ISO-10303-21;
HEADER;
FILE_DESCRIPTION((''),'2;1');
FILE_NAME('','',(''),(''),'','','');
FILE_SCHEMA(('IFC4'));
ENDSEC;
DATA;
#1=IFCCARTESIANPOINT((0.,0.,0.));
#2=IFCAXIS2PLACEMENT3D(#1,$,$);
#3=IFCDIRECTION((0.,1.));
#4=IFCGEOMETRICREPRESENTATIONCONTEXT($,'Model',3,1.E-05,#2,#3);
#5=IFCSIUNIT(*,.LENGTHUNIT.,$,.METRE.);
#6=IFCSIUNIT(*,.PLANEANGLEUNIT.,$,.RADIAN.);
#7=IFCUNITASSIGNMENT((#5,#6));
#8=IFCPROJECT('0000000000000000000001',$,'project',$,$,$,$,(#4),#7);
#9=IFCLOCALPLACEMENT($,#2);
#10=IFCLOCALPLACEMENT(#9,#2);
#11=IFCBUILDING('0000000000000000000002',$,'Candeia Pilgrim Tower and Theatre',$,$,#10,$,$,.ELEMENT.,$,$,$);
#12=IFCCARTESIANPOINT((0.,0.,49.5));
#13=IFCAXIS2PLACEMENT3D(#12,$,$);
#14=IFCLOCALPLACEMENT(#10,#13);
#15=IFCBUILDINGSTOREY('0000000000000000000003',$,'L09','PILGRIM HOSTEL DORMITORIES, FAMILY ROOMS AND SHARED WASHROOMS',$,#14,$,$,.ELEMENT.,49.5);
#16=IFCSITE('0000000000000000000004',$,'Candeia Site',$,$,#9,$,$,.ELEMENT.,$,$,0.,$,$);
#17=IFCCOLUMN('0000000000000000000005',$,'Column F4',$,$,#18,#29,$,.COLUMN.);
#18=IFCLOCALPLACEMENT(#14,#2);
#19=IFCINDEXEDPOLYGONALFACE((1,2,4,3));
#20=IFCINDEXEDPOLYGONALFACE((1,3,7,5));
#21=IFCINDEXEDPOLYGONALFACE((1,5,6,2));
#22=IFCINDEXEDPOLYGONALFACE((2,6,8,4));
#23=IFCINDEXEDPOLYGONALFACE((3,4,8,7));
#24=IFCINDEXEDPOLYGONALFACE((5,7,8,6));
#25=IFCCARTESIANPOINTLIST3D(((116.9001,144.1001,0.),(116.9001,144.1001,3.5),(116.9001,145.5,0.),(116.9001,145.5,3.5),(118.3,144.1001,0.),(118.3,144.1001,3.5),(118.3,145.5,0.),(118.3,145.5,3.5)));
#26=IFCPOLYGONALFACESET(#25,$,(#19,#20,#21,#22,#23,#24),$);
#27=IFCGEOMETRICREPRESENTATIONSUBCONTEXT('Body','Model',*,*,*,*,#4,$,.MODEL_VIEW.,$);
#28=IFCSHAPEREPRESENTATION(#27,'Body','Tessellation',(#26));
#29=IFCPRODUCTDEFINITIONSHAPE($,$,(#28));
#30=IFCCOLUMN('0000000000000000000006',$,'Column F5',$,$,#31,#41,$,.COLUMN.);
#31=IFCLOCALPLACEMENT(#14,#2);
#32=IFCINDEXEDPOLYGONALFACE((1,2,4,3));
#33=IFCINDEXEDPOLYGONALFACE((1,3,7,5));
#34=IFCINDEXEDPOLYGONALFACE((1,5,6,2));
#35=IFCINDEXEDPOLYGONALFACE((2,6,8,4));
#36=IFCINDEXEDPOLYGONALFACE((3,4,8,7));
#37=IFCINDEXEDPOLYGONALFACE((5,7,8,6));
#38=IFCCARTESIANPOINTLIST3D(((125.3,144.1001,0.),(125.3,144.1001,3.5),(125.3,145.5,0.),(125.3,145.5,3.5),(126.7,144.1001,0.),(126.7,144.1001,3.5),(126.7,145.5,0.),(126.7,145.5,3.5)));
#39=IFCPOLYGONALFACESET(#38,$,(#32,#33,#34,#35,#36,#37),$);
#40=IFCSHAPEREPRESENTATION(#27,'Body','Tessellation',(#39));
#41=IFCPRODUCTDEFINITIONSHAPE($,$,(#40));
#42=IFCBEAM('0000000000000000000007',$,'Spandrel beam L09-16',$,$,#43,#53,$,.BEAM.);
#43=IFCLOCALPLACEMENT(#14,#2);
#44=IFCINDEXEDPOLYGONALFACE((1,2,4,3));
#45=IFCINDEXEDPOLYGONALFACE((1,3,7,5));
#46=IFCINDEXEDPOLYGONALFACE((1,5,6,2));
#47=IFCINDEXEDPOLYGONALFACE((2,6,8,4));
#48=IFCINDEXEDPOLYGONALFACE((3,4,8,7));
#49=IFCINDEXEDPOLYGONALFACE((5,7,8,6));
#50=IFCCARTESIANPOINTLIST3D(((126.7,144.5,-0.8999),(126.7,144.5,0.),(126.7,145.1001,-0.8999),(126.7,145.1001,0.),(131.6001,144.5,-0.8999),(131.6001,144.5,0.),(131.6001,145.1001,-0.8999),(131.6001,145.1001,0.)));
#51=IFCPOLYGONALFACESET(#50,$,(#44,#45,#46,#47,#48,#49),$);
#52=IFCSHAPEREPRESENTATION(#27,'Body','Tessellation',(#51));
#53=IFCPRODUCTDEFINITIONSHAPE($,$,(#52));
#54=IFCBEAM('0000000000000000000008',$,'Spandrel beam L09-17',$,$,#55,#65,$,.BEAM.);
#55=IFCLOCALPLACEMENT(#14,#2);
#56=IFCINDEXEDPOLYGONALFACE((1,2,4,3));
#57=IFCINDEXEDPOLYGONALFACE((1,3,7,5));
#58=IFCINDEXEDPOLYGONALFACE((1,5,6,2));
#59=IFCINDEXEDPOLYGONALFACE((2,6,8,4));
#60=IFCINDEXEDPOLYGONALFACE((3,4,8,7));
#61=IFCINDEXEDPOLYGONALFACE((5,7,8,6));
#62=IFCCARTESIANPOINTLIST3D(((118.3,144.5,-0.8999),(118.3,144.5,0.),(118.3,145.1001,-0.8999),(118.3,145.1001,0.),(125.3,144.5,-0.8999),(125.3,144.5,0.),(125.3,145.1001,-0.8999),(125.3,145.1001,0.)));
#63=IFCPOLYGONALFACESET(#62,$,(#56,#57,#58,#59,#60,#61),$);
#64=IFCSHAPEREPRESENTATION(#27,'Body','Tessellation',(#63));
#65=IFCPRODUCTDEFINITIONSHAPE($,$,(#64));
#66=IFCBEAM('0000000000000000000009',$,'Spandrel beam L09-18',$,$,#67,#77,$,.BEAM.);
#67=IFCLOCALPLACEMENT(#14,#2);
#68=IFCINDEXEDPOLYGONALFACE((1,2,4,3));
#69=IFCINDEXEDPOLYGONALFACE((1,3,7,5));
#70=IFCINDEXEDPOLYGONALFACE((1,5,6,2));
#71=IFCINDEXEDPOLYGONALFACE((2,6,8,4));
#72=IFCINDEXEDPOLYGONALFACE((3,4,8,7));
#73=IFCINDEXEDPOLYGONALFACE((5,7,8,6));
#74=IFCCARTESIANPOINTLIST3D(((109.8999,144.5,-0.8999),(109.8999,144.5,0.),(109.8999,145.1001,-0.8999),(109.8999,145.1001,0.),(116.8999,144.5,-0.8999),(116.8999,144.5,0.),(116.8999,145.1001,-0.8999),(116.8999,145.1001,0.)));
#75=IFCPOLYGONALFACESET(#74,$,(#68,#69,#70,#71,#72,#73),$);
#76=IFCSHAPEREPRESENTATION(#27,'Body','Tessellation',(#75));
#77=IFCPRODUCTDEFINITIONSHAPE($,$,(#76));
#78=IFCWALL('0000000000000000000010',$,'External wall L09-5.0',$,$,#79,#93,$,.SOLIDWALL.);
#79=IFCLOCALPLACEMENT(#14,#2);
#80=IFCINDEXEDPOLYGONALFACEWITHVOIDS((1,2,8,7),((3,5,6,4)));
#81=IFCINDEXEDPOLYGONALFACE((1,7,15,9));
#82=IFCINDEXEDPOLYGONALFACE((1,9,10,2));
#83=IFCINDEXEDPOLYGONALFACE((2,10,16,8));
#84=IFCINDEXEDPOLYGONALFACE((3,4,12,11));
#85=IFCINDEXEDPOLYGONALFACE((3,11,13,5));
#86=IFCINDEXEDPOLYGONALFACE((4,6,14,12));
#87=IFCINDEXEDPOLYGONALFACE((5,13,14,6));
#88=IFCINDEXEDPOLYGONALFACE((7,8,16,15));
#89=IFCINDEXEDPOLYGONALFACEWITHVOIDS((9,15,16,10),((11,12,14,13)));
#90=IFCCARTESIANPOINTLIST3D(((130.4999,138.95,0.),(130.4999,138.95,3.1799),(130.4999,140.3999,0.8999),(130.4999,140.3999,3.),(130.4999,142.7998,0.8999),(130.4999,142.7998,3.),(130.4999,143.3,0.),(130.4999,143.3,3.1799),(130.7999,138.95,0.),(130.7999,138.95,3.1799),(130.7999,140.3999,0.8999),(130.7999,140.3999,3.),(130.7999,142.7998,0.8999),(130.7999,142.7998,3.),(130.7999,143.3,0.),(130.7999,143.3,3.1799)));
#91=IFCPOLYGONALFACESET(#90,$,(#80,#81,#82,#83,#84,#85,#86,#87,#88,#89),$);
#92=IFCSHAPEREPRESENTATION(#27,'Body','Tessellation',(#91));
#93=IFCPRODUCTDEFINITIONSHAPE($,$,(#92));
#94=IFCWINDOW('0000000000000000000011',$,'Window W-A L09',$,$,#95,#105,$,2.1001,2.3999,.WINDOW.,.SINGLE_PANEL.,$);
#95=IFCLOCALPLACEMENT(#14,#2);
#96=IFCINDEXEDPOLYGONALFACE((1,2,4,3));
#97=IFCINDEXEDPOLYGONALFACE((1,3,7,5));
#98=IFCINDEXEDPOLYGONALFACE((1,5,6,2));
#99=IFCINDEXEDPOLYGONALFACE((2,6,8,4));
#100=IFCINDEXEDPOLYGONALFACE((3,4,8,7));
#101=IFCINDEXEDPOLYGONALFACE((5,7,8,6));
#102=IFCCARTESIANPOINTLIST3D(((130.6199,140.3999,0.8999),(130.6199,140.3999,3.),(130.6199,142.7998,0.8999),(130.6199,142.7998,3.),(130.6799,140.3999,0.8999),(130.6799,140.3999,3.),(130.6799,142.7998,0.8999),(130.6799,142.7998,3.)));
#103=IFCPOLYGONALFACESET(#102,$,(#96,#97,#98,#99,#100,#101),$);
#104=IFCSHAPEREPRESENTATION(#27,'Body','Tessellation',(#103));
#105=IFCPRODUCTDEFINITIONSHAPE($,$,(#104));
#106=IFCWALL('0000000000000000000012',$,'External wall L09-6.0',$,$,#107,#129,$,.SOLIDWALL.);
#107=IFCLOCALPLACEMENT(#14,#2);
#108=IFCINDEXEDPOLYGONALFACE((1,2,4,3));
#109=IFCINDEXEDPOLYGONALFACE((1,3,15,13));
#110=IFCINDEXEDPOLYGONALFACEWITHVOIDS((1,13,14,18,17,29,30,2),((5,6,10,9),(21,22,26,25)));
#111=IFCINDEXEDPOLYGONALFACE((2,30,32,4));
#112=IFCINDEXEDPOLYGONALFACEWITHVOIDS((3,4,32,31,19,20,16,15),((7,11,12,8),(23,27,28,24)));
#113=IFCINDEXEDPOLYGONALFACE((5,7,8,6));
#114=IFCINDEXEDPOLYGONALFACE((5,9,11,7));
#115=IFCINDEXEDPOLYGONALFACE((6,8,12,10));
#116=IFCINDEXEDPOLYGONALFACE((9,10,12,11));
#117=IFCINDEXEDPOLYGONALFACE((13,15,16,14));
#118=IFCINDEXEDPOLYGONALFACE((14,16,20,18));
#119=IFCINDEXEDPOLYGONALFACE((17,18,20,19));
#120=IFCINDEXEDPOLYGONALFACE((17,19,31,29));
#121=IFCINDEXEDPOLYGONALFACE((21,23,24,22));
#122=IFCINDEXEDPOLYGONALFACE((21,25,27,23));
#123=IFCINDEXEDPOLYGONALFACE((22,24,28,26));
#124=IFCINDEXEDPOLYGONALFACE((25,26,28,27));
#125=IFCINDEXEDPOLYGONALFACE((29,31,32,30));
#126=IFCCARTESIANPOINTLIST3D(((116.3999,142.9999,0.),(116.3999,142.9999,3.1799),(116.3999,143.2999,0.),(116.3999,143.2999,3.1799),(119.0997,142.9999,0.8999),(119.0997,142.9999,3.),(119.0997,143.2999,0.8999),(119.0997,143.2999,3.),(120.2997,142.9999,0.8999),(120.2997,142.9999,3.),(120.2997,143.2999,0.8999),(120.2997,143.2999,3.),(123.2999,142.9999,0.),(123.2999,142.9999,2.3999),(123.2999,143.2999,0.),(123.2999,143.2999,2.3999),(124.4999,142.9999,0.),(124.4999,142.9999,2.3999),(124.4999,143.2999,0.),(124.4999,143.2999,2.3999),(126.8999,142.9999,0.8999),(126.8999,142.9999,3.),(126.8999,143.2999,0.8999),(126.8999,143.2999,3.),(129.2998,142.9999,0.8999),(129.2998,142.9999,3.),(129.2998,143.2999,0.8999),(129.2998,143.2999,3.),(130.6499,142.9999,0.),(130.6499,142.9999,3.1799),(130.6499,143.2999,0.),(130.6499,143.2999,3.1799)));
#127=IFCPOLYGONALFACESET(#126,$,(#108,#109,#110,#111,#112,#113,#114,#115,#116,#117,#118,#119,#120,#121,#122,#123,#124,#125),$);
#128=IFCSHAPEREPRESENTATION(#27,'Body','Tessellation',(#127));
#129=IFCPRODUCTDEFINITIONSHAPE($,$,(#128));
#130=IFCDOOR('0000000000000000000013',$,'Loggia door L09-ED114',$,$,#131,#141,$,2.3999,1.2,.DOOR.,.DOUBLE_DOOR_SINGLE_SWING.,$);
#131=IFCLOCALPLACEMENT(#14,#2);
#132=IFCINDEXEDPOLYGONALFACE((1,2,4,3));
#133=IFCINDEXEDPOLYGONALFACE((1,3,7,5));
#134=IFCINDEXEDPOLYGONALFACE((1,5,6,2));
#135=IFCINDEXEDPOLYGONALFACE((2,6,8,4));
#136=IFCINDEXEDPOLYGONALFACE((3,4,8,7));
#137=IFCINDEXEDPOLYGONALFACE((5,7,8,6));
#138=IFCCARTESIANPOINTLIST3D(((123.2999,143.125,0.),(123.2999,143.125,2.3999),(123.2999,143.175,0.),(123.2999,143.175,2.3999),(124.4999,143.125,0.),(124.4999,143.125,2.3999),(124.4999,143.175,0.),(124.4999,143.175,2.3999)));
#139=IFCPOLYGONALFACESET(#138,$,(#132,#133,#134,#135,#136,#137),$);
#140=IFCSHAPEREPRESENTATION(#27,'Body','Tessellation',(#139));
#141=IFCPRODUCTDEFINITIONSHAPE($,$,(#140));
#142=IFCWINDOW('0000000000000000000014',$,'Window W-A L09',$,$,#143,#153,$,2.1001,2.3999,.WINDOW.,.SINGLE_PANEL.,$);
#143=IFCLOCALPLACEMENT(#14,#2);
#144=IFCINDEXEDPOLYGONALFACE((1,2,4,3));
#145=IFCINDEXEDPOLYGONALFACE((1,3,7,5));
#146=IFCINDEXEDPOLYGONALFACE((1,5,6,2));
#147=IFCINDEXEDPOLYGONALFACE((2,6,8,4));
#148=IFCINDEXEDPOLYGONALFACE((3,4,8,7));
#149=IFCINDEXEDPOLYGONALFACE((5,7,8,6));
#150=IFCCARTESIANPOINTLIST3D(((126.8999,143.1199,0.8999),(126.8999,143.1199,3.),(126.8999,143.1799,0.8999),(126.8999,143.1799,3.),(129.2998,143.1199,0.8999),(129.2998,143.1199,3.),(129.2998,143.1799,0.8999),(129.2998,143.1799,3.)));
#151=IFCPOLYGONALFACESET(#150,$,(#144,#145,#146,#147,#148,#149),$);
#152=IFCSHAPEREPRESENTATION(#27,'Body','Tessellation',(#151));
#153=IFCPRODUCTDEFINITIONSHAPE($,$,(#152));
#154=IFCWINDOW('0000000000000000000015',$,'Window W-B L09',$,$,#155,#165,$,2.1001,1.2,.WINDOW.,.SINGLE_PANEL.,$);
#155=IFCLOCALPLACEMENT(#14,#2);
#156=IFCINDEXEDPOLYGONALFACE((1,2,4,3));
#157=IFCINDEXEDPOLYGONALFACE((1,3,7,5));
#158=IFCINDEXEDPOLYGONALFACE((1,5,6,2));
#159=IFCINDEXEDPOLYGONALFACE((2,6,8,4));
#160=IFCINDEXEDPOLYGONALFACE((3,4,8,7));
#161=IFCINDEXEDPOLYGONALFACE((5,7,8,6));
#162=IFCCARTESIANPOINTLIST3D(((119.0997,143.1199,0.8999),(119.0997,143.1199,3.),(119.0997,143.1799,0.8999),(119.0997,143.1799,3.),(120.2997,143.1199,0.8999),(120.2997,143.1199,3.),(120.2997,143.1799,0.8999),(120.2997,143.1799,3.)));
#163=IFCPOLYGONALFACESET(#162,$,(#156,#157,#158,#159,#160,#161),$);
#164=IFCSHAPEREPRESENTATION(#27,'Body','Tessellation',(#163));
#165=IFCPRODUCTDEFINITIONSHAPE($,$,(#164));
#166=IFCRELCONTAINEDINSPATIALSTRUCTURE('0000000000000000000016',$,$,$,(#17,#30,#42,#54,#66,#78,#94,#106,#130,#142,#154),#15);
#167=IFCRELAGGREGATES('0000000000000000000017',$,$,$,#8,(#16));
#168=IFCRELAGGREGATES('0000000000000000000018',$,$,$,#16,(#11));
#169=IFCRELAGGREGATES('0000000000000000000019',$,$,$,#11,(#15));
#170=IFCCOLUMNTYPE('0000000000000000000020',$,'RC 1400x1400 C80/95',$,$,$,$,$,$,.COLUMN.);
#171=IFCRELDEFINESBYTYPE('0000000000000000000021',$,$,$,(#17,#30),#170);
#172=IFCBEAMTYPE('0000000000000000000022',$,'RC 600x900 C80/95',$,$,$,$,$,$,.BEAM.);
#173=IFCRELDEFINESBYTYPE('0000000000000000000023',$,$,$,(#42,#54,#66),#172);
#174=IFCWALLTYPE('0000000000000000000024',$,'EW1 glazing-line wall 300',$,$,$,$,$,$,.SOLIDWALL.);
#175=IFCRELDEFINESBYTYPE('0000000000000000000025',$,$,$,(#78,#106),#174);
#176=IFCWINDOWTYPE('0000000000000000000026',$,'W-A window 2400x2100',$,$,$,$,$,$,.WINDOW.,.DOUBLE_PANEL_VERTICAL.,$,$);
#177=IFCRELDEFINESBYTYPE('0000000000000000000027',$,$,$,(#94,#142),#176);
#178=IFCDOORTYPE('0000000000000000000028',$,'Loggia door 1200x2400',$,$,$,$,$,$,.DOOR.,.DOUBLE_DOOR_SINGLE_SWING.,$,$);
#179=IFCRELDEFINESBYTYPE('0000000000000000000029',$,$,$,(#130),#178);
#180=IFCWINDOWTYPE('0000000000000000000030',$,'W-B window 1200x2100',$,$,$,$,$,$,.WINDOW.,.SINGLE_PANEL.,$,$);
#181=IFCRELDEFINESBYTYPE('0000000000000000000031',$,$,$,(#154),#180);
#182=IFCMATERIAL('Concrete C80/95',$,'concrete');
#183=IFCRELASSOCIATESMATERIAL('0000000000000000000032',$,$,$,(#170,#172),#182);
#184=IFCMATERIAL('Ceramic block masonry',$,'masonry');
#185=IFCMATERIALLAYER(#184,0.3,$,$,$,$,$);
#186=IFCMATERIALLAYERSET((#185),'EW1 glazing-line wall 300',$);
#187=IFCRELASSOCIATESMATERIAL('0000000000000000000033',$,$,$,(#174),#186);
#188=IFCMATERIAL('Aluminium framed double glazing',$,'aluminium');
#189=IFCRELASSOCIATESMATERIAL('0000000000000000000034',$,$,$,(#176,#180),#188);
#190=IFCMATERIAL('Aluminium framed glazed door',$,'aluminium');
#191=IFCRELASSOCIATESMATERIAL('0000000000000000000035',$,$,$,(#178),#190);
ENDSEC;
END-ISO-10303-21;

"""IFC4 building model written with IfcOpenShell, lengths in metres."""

from ifc_helpers import new_model, si_unit, direction, frame, frame_2d, origin, origin_2d, place, context, subcontext, project, spatial, rectangle, extrude, material, layer, layer_set, material_profile, profile_set, type_object, element, fill, save


model = new_model("IFC4")

# Units and contexts
model_context = context("Model", 3, precision=1e-05, world=origin(), true_north=direction((0.0, 1.0)))
body_context = subcontext(model_context, "Body", "Model", "MODEL_VIEW")
ifc_project = project(units=[si_unit("LENGTHUNIT", "METRE"), si_unit("PLANEANGLEUNIT", "RADIAN")], contexts=[model_context])

# Site, building, storey
site_placement = place(None, origin())
site = spatial("IfcSite", under=ifc_project, at=site_placement, Name="Candeia Site", CompositionType="ELEMENT", RefElevation=0.0)
building_placement = place(site_placement, origin())
building = spatial("IfcBuilding", under=site, at=building_placement, Name="Candeia Pilgrim Tower and Theatre", CompositionType="ELEMENT")
storey_placement = place(building_placement, frame((0.0, 0.0, 49.5)))
storey = spatial("IfcBuildingStorey", under=building, at=storey_placement, Name="L09", Description="PILGRIM HOSTEL DORMITORIES, FAMILY ROOMS AND SHARED WASHROOMS", CompositionType="ELEMENT", Elevation=49.5)

# Columns
ifc_material_1 = material(Name="Concrete C80/95", Category="concrete")
ifc_material_profile_1 = material_profile(ifc_material_1, rectangle(XDim=1.3999, YDim=1.3999, at=origin_2d()))
ifc_profile_set_1 = profile_set([ifc_material_profile_1], Name="Concrete C80/95")
column_type = type_object("IfcColumnType", Name="RC 1400x1400 C80/95", PredefinedType="COLUMN", material=ifc_profile_set_1)
for number, where, z_axis, x_axis, name in (
    (1, (117.6001, 144.8, 0.0), (0.0, 0.0, 1.0), (1.0, 0.0, 0.0), "Column F4"),
    (2, (126.0, 144.8, 0.0), (0.0, 0.0, 1.0), (1.0, 0.0, 0.0), "Column F5"),
):
    element("IfcColumn", number, at=place(storey_placement, frame(where, z_axis=z_axis, x_axis=x_axis)), inside=storey, type_object=column_type, Name=name, PredefinedType="COLUMN", context=body_context, shape_type="SweptSolid", body=[
        extrude(rectangle(XDim=1.3999, YDim=1.3999, at=origin_2d()), origin(), (0.0, 0.0, 1.0), 3.5),
    ])

# Beams
ifc_material_profile_2 = material_profile(ifc_material_1, rectangle(XDim=0.6001, YDim=0.8999, at=origin_2d()))
ifc_profile_set_2 = profile_set([ifc_material_profile_2], Name="Concrete C80/95")
beam_type = type_object("IfcBeamType", Name="RC 600x900 C80/95", PredefinedType="BEAM", material=ifc_profile_set_2)
beam_placement = place(storey_placement, frame((131.6001, 144.8, -0.45), z_axis=(-1.0, 0.0, 0.0), x_axis=(0.0, -1.0, 0.0)))
element("IfcBeam", 3, at=beam_placement, inside=storey, type_object=beam_type, Name="Spandrel beam L09-16", PredefinedType="BEAM", context=body_context, shape_type="SweptSolid", body=[
    extrude(rectangle(XDim=0.6001, YDim=0.8999, at=origin_2d()), origin(), (0.0, 0.0, 1.0), 4.9001),
])
for number, where, z_axis, x_axis, name in (
    (4, (125.3, 144.8, -0.45), (-1.0, 0.0, 0.0), (0.0, -1.0, 0.0), "Spandrel beam L09-17"),
    (5, (116.8999, 144.8, -0.45), (-1.0, 0.0, 0.0), (0.0, -1.0, 0.0), "Spandrel beam L09-18"),
):
    element("IfcBeam", number, at=place(storey_placement, frame(where, z_axis=z_axis, x_axis=x_axis)), inside=storey, type_object=beam_type, Name=name, PredefinedType="BEAM", context=body_context, shape_type="SweptSolid", body=[
        extrude(rectangle(XDim=0.6001, YDim=0.8999, at=origin_2d()), origin(), (0.0, 0.0, 1.0), 7.0),
    ])

# Wall, opening, window
ifc_material_2 = material(Name="Ceramic block masonry", Category="masonry")
ifc_layer_1 = layer(ifc_material_2, 0.3)
ifc_layer_set_1 = layer_set([ifc_layer_1], Name="EW1 glazing-line wall 300")
wall_type_1 = type_object("IfcWallType", Name="EW1 glazing-line wall 300", PredefinedType="SOLIDWALL", material=ifc_layer_set_1)
wall_1_placement = place(storey_placement, frame((130.6499, 138.95, 0.0), z_axis=(0.0, 0.0, 1.0), x_axis=(0.0, 1.0, 0.0)))
wall_1 = element("IfcWall", 6, at=wall_1_placement, inside=storey, type_object=wall_type_1, Name="External wall L09-5.0", PredefinedType="SOLIDWALL", context=body_context, shape_type="SweptSolid", body=[
    extrude(rectangle(XDim=4.3501, YDim=0.3, at=frame_2d((2.175, 0.0))), origin(), (0.0, 0.0, 1.0), 3.1799),
])
opening_1_placement = place(wall_1_placement, frame((1.45, 0.0, 0.8999)))
opening_1 = element("IfcOpeningElement", 7, at=opening_1_placement, cuts=wall_1, PredefinedType="OPENING", context=body_context, shape_type="SweptSolid", body=[
    extrude(rectangle(XDim=2.3999, YDim=2.1001, at=frame_2d((1.2, 1.05))), frame((0.0, 0.1602, 0.0), z_axis=(0.0, -1.0, 0.0), x_axis=(1.0, 0.0, 0.0)), (0.0, 0.0, 1.0), 0.3201),
])
ifc_material_3 = material(Name="Aluminium framed double glazing", Category="aluminium")
window_type_1 = type_object("IfcWindowType", Name="W-A window 2400x2100", PartitioningType="DOUBLE_PANEL_VERTICAL", PredefinedType="WINDOW", material=ifc_material_3)
window_1_placement = place(opening_1_placement, origin())
window_1 = element("IfcWindow", 8, at=window_1_placement, inside=storey, type_object=window_type_1, Name="Window W-A L09", OverallHeight=2.1001, OverallWidth=2.3999, PartitioningType="SINGLE_PANEL", PredefinedType="WINDOW", context=body_context, shape_type="SweptSolid", body=[
    extrude(rectangle(XDim=2.3999, YDim=2.1001, at=frame_2d((1.2, 1.05))), frame((0.0, 0.03, 0.0), z_axis=(0.0, -1.0, 0.0), x_axis=(1.0, 0.0, 0.0)), (0.0, 0.0, 1.0), 0.0601),
])
fill(opening_1, window_1)

# Wall, openings, door, windows
wall_2_placement = place(storey_placement, frame((130.6499, 143.1499, 0.0), z_axis=(0.0, 0.0, 1.0), x_axis=(-1.0, 0.0, 0.0)))
wall_2 = element("IfcWall", 9, at=wall_2_placement, inside=storey, type_object=wall_type_1, Name="External wall L09-6.0", PredefinedType="SOLIDWALL", context=body_context, shape_type="SweptSolid", body=[
    extrude(rectangle(XDim=14.25, YDim=0.3, at=frame_2d((7.125, 0.0))), origin(), (0.0, 0.0, 1.0), 3.1799),
])
opening_2_placement = place(wall_2_placement, frame((1.3501, 0.0, 0.8999)))
opening_2 = element("IfcOpeningElement", 10, at=opening_2_placement, cuts=wall_2, PredefinedType="OPENING", context=body_context, shape_type="SweptSolid", body=[
    extrude(rectangle(XDim=2.3999, YDim=2.1001, at=frame_2d((1.2, 1.05))), frame((0.0, 0.1602, 0.0), z_axis=(0.0, -1.0, 0.0), x_axis=(1.0, 0.0, 0.0)), (0.0, 0.0, 1.0), 0.3201),
])
opening_3_placement = place(wall_2_placement, frame((6.1499, 0.0, 0.0)))
opening_3 = element("IfcOpeningElement", 11, at=opening_3_placement, cuts=wall_2, PredefinedType="OPENING", context=body_context, shape_type="SweptSolid", body=[
    extrude(rectangle(XDim=1.2, YDim=2.3999, at=frame_2d((0.6001, 1.2))), frame((0.0, 0.1602, 0.0), z_axis=(0.0, -1.0, 0.0), x_axis=(1.0, 0.0, 0.0)), (0.0, 0.0, 1.0), 0.3201),
])
opening_4_placement = place(wall_2_placement, frame((10.3501, 0.0, 0.8999)))
opening_4 = element("IfcOpeningElement", 12, at=opening_4_placement, cuts=wall_2, PredefinedType="OPENING", context=body_context, shape_type="SweptSolid", body=[
    extrude(rectangle(XDim=1.2, YDim=2.1001, at=frame_2d((0.6001, 1.05))), frame((0.0, 0.1602, 0.0), z_axis=(0.0, -1.0, 0.0), x_axis=(1.0, 0.0, 0.0)), (0.0, 0.0, 1.0), 0.3201),
])
ifc_material_4 = material(Name="Aluminium framed glazed door", Category="aluminium")
door_type = type_object("IfcDoorType", Name="Loggia door 1200x2400", OperationType="DOUBLE_DOOR_SINGLE_SWING", PredefinedType="DOOR", material=ifc_material_4)
door_1_placement = place(opening_3_placement, origin())
door_1 = element("IfcDoor", 13, at=door_1_placement, inside=storey, type_object=door_type, Name="Loggia door L09-ED114", OperationType="DOUBLE_DOOR_SINGLE_SWING", OverallHeight=2.3999, OverallWidth=1.2, PredefinedType="DOOR", context=body_context, shape_type="SweptSolid", body=[
    extrude(rectangle(XDim=1.2, YDim=2.3999, at=frame_2d((0.6001, 1.2))), frame((0.0, 0.0249, 0.0), z_axis=(0.0, -1.0, 0.0), x_axis=(1.0, 0.0, 0.0)), (0.0, 0.0, 1.0), 0.05),
])
fill(opening_3, door_1)
window_2_placement = place(opening_2_placement, origin())
window_2 = element("IfcWindow", 14, at=window_2_placement, inside=storey, type_object=window_type_1, Name="Window W-A L09", OverallHeight=2.1001, OverallWidth=2.3999, PartitioningType="SINGLE_PANEL", PredefinedType="WINDOW", context=body_context, shape_type="SweptSolid", body=[
    extrude(rectangle(XDim=2.3999, YDim=2.1001, at=frame_2d((1.2, 1.05))), frame((0.0, 0.03, 0.0), z_axis=(0.0, -1.0, 0.0), x_axis=(1.0, 0.0, 0.0)), (0.0, 0.0, 1.0), 0.0601),
])
fill(opening_2, window_2)
window_type_2 = type_object("IfcWindowType", Name="W-B window 1200x2100", PartitioningType="SINGLE_PANEL", PredefinedType="WINDOW", material=ifc_material_3)
window_3_placement = place(opening_4_placement, origin())
window_3 = element("IfcWindow", 15, at=window_3_placement, inside=storey, type_object=window_type_2, Name="Window W-B L09", OverallHeight=2.1001, OverallWidth=1.2, PartitioningType="SINGLE_PANEL", PredefinedType="WINDOW", context=body_context, shape_type="SweptSolid", body=[
    extrude(rectangle(XDim=1.2, YDim=2.1001, at=frame_2d((0.6001, 1.05))), frame((0.0, 0.03, 0.0), z_axis=(0.0, -1.0, 0.0), x_axis=(1.0, 0.0, 0.0)), (0.0, 0.0, 1.0), 0.0601),
])
fill(opening_4, window_3)

save(model, "model.ifc")
